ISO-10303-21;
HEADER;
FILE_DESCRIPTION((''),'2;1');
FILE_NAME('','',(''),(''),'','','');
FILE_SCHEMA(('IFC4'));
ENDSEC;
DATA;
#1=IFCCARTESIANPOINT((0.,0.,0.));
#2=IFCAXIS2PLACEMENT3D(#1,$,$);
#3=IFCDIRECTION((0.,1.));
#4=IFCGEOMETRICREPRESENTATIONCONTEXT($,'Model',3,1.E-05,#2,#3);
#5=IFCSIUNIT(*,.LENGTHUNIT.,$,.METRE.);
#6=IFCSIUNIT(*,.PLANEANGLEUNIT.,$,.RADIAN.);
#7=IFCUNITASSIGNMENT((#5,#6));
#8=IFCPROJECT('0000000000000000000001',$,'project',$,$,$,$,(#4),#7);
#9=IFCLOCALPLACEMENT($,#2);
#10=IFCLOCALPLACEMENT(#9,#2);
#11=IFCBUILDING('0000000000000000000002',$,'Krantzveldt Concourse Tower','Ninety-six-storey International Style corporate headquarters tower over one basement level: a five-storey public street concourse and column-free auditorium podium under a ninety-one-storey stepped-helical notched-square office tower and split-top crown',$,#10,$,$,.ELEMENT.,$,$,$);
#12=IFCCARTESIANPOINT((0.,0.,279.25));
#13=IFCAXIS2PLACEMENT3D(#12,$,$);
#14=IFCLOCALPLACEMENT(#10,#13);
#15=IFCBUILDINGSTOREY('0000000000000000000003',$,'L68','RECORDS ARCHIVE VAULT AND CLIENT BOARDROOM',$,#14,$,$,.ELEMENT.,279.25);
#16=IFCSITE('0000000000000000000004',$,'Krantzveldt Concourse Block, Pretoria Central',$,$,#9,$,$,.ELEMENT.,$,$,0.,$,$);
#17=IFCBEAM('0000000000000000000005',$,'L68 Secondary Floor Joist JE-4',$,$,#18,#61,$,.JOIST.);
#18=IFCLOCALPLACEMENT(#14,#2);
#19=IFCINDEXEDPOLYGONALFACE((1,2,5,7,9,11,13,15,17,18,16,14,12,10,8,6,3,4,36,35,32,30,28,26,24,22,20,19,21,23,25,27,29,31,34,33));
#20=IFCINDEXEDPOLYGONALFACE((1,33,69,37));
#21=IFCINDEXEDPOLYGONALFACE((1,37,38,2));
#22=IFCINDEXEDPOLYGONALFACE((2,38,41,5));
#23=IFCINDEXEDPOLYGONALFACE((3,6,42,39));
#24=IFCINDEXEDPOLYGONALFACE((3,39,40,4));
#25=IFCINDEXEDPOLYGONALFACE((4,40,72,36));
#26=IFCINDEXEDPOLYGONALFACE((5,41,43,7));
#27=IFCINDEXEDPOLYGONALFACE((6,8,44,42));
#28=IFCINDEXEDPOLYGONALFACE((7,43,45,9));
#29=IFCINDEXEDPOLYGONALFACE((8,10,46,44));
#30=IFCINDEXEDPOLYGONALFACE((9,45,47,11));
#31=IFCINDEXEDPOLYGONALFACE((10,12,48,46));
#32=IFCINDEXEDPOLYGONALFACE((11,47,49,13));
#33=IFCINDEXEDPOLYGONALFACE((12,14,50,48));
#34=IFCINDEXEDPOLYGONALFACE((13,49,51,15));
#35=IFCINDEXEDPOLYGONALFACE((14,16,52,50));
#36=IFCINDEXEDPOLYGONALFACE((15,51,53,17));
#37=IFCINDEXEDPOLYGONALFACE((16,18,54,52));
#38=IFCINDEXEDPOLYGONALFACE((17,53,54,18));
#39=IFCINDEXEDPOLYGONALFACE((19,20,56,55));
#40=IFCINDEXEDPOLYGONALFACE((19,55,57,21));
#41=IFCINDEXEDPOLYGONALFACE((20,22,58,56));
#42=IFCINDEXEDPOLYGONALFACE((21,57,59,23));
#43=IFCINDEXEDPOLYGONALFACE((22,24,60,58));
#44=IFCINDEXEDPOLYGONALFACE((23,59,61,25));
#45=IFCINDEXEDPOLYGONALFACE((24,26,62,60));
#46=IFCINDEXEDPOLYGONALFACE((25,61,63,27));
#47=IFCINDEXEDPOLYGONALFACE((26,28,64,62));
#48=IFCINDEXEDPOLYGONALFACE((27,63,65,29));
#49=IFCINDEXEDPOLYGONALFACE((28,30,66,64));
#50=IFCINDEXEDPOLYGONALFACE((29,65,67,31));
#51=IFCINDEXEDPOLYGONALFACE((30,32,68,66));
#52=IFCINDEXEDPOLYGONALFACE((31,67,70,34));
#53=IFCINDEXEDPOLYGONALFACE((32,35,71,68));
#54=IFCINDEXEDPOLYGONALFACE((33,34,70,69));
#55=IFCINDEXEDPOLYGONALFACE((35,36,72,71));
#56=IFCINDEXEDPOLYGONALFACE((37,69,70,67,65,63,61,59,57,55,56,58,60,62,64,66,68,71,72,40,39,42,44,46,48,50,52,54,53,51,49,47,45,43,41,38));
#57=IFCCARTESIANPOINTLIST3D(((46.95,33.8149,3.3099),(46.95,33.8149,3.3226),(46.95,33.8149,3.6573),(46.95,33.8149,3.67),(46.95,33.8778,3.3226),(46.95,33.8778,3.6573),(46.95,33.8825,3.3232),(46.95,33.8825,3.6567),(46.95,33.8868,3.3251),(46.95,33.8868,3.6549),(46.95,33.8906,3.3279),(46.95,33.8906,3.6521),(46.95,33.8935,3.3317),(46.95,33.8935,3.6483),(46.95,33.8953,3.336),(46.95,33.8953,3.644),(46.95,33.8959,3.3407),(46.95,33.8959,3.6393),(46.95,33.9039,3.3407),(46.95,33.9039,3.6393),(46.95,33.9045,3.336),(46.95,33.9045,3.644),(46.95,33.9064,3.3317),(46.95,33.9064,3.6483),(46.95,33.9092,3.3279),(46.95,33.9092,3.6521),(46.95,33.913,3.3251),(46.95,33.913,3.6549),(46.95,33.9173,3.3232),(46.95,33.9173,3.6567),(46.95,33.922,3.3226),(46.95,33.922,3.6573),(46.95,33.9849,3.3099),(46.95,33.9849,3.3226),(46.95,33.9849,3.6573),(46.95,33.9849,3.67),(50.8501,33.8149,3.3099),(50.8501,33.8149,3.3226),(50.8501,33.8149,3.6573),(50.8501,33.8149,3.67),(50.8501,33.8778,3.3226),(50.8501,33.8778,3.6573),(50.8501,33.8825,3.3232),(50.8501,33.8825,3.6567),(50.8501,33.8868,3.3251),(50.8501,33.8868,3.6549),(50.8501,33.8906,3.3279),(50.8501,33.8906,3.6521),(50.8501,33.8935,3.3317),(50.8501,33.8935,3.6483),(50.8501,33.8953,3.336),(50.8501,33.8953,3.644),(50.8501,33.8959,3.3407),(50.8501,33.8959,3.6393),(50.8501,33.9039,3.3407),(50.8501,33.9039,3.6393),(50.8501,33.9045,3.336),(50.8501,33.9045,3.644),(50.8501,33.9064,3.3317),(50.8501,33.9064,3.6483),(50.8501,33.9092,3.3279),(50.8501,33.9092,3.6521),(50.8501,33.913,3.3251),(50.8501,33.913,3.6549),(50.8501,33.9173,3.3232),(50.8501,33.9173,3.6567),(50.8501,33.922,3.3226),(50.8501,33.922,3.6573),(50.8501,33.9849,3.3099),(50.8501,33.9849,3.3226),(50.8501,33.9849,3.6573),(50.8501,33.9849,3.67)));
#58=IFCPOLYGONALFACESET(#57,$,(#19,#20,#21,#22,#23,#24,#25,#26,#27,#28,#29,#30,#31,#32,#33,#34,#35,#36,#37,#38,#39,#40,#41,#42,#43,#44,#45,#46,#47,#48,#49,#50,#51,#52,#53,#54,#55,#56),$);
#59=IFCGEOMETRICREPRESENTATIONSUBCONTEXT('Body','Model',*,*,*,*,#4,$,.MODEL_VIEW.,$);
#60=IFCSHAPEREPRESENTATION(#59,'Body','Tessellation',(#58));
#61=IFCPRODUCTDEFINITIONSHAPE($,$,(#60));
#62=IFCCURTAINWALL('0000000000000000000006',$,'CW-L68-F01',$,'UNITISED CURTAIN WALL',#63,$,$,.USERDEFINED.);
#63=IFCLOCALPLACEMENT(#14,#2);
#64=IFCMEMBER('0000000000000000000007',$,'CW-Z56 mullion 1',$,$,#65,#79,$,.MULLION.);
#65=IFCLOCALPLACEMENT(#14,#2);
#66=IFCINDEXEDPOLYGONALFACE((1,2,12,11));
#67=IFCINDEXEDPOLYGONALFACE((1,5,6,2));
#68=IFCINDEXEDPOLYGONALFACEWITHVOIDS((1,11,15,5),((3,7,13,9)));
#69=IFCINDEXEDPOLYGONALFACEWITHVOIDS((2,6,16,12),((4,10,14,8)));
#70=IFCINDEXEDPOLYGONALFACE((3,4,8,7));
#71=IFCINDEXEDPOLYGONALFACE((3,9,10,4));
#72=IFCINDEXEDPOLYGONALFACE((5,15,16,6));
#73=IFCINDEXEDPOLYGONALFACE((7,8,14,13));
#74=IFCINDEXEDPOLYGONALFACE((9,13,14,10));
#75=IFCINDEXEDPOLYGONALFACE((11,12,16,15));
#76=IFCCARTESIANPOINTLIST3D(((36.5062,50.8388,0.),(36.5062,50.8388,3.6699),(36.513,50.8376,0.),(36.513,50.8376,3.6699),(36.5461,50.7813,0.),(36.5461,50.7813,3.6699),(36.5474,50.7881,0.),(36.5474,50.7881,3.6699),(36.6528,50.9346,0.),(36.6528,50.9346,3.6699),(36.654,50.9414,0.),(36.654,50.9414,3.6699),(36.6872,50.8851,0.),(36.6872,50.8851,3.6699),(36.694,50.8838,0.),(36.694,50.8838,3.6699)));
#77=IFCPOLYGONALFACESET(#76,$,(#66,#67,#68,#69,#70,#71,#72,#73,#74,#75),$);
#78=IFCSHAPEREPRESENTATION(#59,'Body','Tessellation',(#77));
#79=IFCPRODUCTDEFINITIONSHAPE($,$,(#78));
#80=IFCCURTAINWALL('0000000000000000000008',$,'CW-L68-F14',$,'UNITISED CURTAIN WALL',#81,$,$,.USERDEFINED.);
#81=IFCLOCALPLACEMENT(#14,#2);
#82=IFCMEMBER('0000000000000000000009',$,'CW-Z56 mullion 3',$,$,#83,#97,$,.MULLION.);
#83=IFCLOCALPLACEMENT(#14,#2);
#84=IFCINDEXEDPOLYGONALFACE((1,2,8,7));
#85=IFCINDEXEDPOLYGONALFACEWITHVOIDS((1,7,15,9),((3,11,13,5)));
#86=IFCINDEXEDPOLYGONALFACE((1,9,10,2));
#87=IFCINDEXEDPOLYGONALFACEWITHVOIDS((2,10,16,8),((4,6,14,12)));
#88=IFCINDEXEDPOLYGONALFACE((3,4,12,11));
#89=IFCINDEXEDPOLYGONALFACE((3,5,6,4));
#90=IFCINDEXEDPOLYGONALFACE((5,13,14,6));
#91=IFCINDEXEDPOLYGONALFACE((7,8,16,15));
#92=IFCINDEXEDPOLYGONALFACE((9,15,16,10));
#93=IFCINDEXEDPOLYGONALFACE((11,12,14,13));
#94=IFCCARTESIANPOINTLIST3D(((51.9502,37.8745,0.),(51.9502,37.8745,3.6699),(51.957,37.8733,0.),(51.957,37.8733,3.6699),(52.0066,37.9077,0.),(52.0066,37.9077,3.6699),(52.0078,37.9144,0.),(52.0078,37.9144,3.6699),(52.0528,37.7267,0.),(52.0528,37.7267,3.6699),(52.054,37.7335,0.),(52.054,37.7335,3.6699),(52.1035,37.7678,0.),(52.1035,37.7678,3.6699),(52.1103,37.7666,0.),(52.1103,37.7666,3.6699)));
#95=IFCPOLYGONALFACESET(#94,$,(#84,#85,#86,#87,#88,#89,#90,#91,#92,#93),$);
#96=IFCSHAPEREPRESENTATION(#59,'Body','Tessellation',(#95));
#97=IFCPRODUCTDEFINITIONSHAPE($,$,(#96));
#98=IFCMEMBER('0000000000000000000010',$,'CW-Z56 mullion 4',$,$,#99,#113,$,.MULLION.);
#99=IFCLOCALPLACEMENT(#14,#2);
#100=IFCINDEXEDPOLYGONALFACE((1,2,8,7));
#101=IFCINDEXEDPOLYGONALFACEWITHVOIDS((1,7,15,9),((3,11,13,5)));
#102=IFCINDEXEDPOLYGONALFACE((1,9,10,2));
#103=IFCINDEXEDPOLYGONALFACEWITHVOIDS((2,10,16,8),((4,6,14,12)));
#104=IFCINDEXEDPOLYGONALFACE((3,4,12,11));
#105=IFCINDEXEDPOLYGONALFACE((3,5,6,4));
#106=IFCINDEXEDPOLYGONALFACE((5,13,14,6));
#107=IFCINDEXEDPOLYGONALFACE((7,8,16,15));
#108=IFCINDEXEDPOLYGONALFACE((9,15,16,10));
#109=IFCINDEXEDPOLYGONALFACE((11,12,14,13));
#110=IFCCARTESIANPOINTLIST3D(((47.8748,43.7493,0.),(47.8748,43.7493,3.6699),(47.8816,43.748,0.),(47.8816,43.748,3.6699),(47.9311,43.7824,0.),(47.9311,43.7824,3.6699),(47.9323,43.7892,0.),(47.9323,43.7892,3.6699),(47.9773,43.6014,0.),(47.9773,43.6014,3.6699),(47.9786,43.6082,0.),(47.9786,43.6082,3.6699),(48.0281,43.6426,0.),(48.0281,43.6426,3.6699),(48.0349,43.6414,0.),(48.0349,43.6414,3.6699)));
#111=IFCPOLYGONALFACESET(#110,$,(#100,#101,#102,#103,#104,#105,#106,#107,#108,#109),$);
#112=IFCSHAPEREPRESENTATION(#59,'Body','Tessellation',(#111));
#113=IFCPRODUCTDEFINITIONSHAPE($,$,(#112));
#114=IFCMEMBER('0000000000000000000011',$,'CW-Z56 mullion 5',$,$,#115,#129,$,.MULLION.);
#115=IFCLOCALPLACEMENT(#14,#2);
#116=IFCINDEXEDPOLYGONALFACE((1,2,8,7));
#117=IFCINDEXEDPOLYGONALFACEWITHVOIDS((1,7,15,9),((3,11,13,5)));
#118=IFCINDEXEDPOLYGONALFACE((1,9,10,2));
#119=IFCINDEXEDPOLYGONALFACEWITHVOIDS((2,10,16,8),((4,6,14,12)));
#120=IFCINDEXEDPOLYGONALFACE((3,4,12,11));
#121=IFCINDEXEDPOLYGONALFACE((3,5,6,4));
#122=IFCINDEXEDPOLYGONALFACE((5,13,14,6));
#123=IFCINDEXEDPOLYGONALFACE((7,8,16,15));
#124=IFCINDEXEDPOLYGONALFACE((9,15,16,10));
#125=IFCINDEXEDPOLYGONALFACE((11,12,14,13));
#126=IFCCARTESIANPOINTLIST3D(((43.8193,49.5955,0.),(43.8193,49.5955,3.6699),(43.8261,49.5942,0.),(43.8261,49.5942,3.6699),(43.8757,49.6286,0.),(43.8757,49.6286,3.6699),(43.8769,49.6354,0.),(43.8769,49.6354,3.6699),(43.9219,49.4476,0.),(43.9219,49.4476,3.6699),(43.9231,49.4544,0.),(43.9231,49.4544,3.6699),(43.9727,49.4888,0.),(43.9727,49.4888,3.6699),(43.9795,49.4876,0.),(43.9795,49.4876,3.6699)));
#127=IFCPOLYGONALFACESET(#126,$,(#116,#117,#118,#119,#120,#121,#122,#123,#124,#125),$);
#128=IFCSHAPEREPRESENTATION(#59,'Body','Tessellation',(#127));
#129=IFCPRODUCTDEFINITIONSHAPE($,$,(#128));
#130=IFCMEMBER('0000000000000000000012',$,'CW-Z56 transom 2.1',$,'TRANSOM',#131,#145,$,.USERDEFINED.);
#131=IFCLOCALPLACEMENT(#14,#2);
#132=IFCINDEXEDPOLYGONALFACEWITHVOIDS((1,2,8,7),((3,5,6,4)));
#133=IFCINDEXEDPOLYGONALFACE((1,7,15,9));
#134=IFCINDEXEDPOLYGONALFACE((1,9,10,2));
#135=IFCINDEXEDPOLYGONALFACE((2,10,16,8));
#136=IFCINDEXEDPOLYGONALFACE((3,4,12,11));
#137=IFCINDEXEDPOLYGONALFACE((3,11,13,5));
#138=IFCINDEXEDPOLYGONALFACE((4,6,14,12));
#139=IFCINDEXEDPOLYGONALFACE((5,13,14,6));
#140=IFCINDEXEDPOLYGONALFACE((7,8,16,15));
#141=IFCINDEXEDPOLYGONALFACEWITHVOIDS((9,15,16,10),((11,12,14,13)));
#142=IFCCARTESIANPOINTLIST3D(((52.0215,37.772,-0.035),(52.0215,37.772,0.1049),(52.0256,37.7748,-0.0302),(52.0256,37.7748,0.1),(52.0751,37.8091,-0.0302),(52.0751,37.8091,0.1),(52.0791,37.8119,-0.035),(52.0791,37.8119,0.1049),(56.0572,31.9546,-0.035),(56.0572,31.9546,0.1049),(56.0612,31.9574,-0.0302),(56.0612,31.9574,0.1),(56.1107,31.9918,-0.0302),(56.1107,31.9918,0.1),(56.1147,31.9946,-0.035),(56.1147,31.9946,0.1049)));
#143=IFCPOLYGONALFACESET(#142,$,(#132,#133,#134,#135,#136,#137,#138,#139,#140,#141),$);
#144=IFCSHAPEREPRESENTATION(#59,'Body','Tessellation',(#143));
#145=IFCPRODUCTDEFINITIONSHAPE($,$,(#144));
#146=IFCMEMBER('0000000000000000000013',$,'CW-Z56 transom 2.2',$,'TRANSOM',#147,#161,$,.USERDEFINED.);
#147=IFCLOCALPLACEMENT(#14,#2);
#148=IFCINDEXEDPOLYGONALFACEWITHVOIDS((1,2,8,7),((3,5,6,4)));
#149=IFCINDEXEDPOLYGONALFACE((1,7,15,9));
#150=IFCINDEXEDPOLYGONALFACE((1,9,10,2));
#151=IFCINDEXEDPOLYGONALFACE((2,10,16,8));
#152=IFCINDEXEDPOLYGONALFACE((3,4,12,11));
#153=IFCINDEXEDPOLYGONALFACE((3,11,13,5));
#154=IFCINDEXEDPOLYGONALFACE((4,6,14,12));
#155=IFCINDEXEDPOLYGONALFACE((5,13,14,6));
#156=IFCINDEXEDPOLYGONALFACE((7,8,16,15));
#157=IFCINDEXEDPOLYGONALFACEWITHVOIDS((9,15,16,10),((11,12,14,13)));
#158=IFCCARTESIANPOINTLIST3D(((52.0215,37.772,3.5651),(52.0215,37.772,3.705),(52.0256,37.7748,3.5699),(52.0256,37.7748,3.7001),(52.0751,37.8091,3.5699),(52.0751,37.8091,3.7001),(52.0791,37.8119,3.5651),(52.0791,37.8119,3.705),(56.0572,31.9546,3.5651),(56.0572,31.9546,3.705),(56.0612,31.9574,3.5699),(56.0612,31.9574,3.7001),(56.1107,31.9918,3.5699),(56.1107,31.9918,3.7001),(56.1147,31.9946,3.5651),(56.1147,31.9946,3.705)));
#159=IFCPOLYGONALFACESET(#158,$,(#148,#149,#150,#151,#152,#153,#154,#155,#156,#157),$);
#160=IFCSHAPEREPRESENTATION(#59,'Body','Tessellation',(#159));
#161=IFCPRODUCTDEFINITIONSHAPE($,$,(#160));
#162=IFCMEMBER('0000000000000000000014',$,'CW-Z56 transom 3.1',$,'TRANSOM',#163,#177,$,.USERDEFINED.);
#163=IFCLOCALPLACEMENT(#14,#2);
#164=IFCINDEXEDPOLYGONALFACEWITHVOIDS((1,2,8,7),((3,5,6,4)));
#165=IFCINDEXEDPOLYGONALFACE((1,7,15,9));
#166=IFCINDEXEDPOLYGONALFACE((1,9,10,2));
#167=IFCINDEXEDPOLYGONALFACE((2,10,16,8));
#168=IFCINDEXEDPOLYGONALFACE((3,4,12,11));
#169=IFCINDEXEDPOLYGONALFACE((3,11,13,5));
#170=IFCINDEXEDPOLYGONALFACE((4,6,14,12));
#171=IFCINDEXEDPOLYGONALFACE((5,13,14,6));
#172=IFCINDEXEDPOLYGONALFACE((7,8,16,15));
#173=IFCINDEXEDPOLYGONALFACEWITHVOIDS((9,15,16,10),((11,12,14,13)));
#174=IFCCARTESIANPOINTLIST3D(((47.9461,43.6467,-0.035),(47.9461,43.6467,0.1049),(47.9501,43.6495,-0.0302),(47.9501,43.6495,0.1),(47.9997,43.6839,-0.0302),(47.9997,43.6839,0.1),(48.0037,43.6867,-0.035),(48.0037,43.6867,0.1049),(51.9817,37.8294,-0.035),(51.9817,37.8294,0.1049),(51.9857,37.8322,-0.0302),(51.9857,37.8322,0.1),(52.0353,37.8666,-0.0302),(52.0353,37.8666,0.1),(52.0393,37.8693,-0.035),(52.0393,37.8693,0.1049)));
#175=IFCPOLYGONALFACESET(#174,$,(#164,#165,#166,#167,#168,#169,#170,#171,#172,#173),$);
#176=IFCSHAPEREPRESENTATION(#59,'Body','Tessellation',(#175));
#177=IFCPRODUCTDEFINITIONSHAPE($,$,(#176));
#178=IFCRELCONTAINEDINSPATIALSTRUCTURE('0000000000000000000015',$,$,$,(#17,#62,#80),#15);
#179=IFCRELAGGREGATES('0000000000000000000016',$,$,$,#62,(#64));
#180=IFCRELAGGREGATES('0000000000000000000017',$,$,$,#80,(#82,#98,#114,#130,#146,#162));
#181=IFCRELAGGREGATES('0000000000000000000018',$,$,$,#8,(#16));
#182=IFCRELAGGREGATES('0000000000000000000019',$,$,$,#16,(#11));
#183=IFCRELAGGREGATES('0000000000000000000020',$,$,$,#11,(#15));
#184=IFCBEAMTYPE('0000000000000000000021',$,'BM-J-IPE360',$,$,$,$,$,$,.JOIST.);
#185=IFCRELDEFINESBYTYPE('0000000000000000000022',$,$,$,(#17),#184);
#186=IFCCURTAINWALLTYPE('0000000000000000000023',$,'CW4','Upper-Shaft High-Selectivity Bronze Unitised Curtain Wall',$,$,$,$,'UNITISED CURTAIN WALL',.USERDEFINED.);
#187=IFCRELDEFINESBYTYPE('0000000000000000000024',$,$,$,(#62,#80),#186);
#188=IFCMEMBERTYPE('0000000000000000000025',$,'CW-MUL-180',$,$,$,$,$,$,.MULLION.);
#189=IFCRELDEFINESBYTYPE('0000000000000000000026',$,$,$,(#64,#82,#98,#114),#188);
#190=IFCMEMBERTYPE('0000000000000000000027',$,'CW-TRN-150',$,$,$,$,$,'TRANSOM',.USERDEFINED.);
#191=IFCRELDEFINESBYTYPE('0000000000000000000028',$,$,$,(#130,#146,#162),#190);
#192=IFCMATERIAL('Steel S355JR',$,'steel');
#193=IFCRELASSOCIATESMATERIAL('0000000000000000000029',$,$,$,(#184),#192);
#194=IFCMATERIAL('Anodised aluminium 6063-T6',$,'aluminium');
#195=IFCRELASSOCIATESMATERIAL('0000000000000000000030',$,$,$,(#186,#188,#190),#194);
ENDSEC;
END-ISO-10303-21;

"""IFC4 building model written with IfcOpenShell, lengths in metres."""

from ifc_helpers import new_model, si_unit, direction, frame, origin, origin_2d, place, context, subcontext, project, spatial, hollow_rectangle, i_section, extrude, source, transform, mapped, material, material_profile, profile_set, type_object, type_shapes, element, aggregate, save


model = new_model("IFC4")

# Units and contexts
model_context = context("Model", 3, precision=1e-05, world=origin(), true_north=direction((0.0, 1.0)))
body_context = subcontext(model_context, "Body", "Model", "MODEL_VIEW")
ifc_project = project(units=[si_unit("LENGTHUNIT", "METRE"), si_unit("PLANEANGLEUNIT", "RADIAN")], contexts=[model_context])

# Site, building, storey
site_placement = place(None, origin())
site = spatial("IfcSite", under=ifc_project, at=site_placement, Name="Krantzveldt Concourse Block, Pretoria Central", CompositionType="ELEMENT", RefElevation=0.0)
building_placement = place(site_placement, origin())
building = spatial("IfcBuilding", under=site, at=building_placement, Name="Krantzveldt Concourse Tower", Description="Ninety-six-storey International Style corporate headquarters tower over one basement level: a five-storey public street concourse and column-free auditorium podium under a ninety-one-storey stepped-helical notched-square office tower and split-top crown", CompositionType="ELEMENT")
storey_placement = place(building_placement, frame((0.0, 0.0, 279.25)))
storey = spatial("IfcBuildingStorey", under=building, at=storey_placement, Name="L68", Description="RECORDS ARCHIVE VAULT AND CLIENT BOARDROOM", CompositionType="ELEMENT", Elevation=279.25)

# Beam
ifc_material_1 = material(Name="Steel S355JR", Category="steel")
ifc_material_profile_1 = material_profile(ifc_material_1, i_section(OverallWidth=0.1699, OverallDepth=0.3601, WebThickness=0.0081, FlangeThickness=0.0127, FilletRadius=0.0181, at=origin_2d()), Name="Steel S355JR", Category="steel")
ifc_profile_set_1 = profile_set([ifc_material_profile_1], Name="Steel S355JR - IPE 360")
beam_type_1 = type_object("IfcBeamType", Name="BM-J-IPE360", PredefinedType="JOIST", material=ifc_profile_set_1)
shared_shape_1 = source(origin(), body_context, "Body", "SweptSolid", [
    extrude(i_section(OverallWidth=0.1699, OverallDepth=0.3601, WebThickness=0.0081, FlangeThickness=0.0127, FilletRadius=0.0181, at=origin_2d()), origin(), (0.0, 0.0, 1.0), 3.9001),
])
type_shapes(beam_type_1, [shared_shape_1])
beam_1_placement = place(storey_placement, frame((46.95, 33.8999, 3.49), z_axis=(1.0, 0.0, 0.0), x_axis=(0.0, 1.0, 0.0)))
element("IfcBeam", 1, at=beam_1_placement, inside=storey, type_object=beam_type_1, Name="L68 Secondary Floor Joist JE-4", PredefinedType="JOIST", context=body_context, shape_type="MappedRepresentation", body=[
    mapped(shared_shape_1, transform((0.0, 0.0, 0.0), x_axis=(1.0, 0.0, 0.0), y_axis=(0.0, 1.0, 0.0), z_axis=(0.0, 0.0, 1.0), scale=1.0)),
])

# Curtain wall, member
ifc_material_2 = material(Name="Anodised aluminium 6063-T6", Category="aluminium")
curtain_wall_type = type_object("IfcCurtainWallType", Name="CW4", Description="Upper-Shaft High-Selectivity Bronze Unitised Curtain Wall", ElementType="UNITISED CURTAIN WALL", PredefinedType="USERDEFINED", material=ifc_material_2)
curtain_wall_1_placement = place(storey_placement, origin())
curtain_wall_1 = element("IfcCurtainWall", 2, at=curtain_wall_1_placement, inside=storey, type_object=curtain_wall_type, Name="CW-L68-F01", ObjectType="UNITISED CURTAIN WALL", PredefinedType="USERDEFINED")
ifc_material_profile_2 = material_profile(ifc_material_2, hollow_rectangle(XDim=0.0701, YDim=0.1799, WallThickness=0.0049, at=origin_2d()), Name="Anodised aluminium 6063-T6", Category="aluminium")
ifc_profile_set_2 = profile_set([ifc_material_profile_2], Name="Anodised aluminium 6063-T6 - ALU-MULL 180x70x5")
member_type_1 = type_object("IfcMemberType", Name="CW-MUL-180", PredefinedType="MULLION", material=ifc_profile_set_2)
shared_shape_2 = source(origin(), body_context, "Body", "SweptSolid", [
    extrude(hollow_rectangle(XDim=0.0701, YDim=0.1799, WallThickness=0.0049, at=origin_2d()), origin(), (0.0, 0.0, 1.0), 3.6699),
])
type_shapes(member_type_1, [shared_shape_2])
member_1_placement = place(storey_placement, frame((36.6001, 50.8613, 0.0), z_axis=(0.0, 0.0, 1.0), x_axis=(0.569997, -0.821647, 0.0)))
member_1 = element("IfcMember", 3, at=member_1_placement, type_object=member_type_1, Name="CW-Z56 mullion 1", PredefinedType="MULLION", context=body_context, shape_type="MappedRepresentation", body=[
    mapped(shared_shape_2, transform((0.0, 0.0, 0.0), x_axis=(1.0, 0.0, 0.0), y_axis=(0.0, 1.0, 0.0), z_axis=(0.0, 0.0, 1.0), scale=1.0)),
])

# Curtain wall, members
curtain_wall_2_placement = place(storey_placement, origin())
curtain_wall_2 = element("IfcCurtainWall", 4, at=curtain_wall_2_placement, inside=storey, type_object=curtain_wall_type, Name="CW-L68-F14", ObjectType="UNITISED CURTAIN WALL", PredefinedType="USERDEFINED")
member_2_placement = place(storey_placement, frame((52.0303, 37.8206, 0.0), z_axis=(0.0, 0.0, 1.0), x_axis=(-0.821647, -0.569997, 0.0)))
member_2 = element("IfcMember", 5, at=member_2_placement, type_object=member_type_1, Name="CW-Z56 mullion 3", PredefinedType="MULLION", context=body_context, shape_type="MappedRepresentation", body=[
    mapped(shared_shape_2, transform((0.0, 0.0, 0.0), x_axis=(1.0, 0.0, 0.0), y_axis=(0.0, 1.0, 0.0), z_axis=(0.0, 0.0, 1.0), scale=1.0)),
])
member_3_placement = place(storey_placement, frame((47.9548, 43.6953, 0.0), z_axis=(0.0, 0.0, 1.0), x_axis=(-0.821647, -0.569997, 0.0)))
member_3 = element("IfcMember", 6, at=member_3_placement, type_object=member_type_1, Name="CW-Z56 mullion 4", PredefinedType="MULLION", context=body_context, shape_type="MappedRepresentation", body=[
    mapped(shared_shape_2, transform((0.0, 0.0, 0.0), x_axis=(1.0, 0.0, 0.0), y_axis=(0.0, 1.0, 0.0), z_axis=(0.0, 0.0, 1.0), scale=1.0)),
])
member_4_placement = place(storey_placement, frame((43.8994, 49.5415, 0.0), z_axis=(0.0, 0.0, 1.0), x_axis=(-0.821647, -0.569997, 0.0)))
member_4 = element("IfcMember", 7, at=member_4_placement, type_object=member_type_1, Name="CW-Z56 mullion 5", PredefinedType="MULLION", context=body_context, shape_type="MappedRepresentation", body=[
    mapped(shared_shape_2, transform((0.0, 0.0, 0.0), x_axis=(1.0, 0.0, 0.0), y_axis=(0.0, 1.0, 0.0), z_axis=(0.0, 0.0, 1.0), scale=1.0)),
])
ifc_material_profile_3 = material_profile(ifc_material_2, hollow_rectangle(XDim=0.0701, YDim=0.1399, WallThickness=0.0049, at=origin_2d()), Name="Anodised aluminium 6063-T6", Category="aluminium")
ifc_profile_set_3 = profile_set([ifc_material_profile_3], Name="Anodised aluminium 6063-T6 - ALU-TRAN 140x70x5")
member_type_2 = type_object("IfcMemberType", Name="CW-TRN-150", ElementType="TRANSOM", PredefinedType="USERDEFINED", material=ifc_profile_set_3)
shared_shape_3 = source(origin(), body_context, "Body", "SweptSolid", [
    extrude(hollow_rectangle(XDim=0.0701, YDim=0.1399, WallThickness=0.0049, at=origin_2d()), origin(), (0.0, 0.0, 1.0), 7.0801),
])
member_5_placement = place(storey_placement, frame((56.0859, 31.9746, 0.0349), z_axis=(-0.569995, 0.821648, 0.0), x_axis=(-0.821648, -0.569995, 0.0)))
member_5 = element("IfcMember", 8, at=member_5_placement, type_object=member_type_2, Name="CW-Z56 transom 2.1", ObjectType="TRANSOM", PredefinedType="USERDEFINED", context=body_context, shape_type="MappedRepresentation", body=[
    mapped(shared_shape_3, transform((0.0, 0.0, 0.0), x_axis=(1.0, 0.0, 0.0), y_axis=(0.0, 1.0, 0.0), z_axis=(0.0, 0.0, 1.0), scale=1.0)),
])
member_6_placement = place(storey_placement, frame((56.0859, 31.9746, 3.635), z_axis=(-0.569995, 0.821648, 0.0), x_axis=(-0.821648, -0.569995, 0.0)))
member_6 = element("IfcMember", 9, at=member_6_placement, type_object=member_type_2, Name="CW-Z56 transom 2.2", ObjectType="TRANSOM", PredefinedType="USERDEFINED", context=body_context, shape_type="MappedRepresentation", body=[
    mapped(shared_shape_3, transform((0.0, 0.0, 0.0), x_axis=(1.0, 0.0, 0.0), y_axis=(0.0, 1.0, 0.0), z_axis=(0.0, 0.0, 1.0), scale=1.0)),
])
member_7_placement = place(storey_placement, frame((52.0105, 37.8494, 0.0349), z_axis=(-0.569995, 0.821648, 0.0), x_axis=(-0.821648, -0.569995, 0.0)))
member_7 = element("IfcMember", 10, at=member_7_placement, type_object=member_type_2, Name="CW-Z56 transom 3.1", ObjectType="TRANSOM", PredefinedType="USERDEFINED", context=body_context, shape_type="MappedRepresentation", body=[
    mapped(shared_shape_3, transform((0.0, 0.0, 0.0), x_axis=(1.0, 0.0, 0.0), y_axis=(0.0, 1.0, 0.0), z_axis=(0.0, 0.0, 1.0), scale=1.0)),
])

aggregate(curtain_wall_1, [member_1])

aggregate(curtain_wall_2, [member_2, member_3, member_4, member_5, member_6, member_7])

save(model, "model.ifc")
